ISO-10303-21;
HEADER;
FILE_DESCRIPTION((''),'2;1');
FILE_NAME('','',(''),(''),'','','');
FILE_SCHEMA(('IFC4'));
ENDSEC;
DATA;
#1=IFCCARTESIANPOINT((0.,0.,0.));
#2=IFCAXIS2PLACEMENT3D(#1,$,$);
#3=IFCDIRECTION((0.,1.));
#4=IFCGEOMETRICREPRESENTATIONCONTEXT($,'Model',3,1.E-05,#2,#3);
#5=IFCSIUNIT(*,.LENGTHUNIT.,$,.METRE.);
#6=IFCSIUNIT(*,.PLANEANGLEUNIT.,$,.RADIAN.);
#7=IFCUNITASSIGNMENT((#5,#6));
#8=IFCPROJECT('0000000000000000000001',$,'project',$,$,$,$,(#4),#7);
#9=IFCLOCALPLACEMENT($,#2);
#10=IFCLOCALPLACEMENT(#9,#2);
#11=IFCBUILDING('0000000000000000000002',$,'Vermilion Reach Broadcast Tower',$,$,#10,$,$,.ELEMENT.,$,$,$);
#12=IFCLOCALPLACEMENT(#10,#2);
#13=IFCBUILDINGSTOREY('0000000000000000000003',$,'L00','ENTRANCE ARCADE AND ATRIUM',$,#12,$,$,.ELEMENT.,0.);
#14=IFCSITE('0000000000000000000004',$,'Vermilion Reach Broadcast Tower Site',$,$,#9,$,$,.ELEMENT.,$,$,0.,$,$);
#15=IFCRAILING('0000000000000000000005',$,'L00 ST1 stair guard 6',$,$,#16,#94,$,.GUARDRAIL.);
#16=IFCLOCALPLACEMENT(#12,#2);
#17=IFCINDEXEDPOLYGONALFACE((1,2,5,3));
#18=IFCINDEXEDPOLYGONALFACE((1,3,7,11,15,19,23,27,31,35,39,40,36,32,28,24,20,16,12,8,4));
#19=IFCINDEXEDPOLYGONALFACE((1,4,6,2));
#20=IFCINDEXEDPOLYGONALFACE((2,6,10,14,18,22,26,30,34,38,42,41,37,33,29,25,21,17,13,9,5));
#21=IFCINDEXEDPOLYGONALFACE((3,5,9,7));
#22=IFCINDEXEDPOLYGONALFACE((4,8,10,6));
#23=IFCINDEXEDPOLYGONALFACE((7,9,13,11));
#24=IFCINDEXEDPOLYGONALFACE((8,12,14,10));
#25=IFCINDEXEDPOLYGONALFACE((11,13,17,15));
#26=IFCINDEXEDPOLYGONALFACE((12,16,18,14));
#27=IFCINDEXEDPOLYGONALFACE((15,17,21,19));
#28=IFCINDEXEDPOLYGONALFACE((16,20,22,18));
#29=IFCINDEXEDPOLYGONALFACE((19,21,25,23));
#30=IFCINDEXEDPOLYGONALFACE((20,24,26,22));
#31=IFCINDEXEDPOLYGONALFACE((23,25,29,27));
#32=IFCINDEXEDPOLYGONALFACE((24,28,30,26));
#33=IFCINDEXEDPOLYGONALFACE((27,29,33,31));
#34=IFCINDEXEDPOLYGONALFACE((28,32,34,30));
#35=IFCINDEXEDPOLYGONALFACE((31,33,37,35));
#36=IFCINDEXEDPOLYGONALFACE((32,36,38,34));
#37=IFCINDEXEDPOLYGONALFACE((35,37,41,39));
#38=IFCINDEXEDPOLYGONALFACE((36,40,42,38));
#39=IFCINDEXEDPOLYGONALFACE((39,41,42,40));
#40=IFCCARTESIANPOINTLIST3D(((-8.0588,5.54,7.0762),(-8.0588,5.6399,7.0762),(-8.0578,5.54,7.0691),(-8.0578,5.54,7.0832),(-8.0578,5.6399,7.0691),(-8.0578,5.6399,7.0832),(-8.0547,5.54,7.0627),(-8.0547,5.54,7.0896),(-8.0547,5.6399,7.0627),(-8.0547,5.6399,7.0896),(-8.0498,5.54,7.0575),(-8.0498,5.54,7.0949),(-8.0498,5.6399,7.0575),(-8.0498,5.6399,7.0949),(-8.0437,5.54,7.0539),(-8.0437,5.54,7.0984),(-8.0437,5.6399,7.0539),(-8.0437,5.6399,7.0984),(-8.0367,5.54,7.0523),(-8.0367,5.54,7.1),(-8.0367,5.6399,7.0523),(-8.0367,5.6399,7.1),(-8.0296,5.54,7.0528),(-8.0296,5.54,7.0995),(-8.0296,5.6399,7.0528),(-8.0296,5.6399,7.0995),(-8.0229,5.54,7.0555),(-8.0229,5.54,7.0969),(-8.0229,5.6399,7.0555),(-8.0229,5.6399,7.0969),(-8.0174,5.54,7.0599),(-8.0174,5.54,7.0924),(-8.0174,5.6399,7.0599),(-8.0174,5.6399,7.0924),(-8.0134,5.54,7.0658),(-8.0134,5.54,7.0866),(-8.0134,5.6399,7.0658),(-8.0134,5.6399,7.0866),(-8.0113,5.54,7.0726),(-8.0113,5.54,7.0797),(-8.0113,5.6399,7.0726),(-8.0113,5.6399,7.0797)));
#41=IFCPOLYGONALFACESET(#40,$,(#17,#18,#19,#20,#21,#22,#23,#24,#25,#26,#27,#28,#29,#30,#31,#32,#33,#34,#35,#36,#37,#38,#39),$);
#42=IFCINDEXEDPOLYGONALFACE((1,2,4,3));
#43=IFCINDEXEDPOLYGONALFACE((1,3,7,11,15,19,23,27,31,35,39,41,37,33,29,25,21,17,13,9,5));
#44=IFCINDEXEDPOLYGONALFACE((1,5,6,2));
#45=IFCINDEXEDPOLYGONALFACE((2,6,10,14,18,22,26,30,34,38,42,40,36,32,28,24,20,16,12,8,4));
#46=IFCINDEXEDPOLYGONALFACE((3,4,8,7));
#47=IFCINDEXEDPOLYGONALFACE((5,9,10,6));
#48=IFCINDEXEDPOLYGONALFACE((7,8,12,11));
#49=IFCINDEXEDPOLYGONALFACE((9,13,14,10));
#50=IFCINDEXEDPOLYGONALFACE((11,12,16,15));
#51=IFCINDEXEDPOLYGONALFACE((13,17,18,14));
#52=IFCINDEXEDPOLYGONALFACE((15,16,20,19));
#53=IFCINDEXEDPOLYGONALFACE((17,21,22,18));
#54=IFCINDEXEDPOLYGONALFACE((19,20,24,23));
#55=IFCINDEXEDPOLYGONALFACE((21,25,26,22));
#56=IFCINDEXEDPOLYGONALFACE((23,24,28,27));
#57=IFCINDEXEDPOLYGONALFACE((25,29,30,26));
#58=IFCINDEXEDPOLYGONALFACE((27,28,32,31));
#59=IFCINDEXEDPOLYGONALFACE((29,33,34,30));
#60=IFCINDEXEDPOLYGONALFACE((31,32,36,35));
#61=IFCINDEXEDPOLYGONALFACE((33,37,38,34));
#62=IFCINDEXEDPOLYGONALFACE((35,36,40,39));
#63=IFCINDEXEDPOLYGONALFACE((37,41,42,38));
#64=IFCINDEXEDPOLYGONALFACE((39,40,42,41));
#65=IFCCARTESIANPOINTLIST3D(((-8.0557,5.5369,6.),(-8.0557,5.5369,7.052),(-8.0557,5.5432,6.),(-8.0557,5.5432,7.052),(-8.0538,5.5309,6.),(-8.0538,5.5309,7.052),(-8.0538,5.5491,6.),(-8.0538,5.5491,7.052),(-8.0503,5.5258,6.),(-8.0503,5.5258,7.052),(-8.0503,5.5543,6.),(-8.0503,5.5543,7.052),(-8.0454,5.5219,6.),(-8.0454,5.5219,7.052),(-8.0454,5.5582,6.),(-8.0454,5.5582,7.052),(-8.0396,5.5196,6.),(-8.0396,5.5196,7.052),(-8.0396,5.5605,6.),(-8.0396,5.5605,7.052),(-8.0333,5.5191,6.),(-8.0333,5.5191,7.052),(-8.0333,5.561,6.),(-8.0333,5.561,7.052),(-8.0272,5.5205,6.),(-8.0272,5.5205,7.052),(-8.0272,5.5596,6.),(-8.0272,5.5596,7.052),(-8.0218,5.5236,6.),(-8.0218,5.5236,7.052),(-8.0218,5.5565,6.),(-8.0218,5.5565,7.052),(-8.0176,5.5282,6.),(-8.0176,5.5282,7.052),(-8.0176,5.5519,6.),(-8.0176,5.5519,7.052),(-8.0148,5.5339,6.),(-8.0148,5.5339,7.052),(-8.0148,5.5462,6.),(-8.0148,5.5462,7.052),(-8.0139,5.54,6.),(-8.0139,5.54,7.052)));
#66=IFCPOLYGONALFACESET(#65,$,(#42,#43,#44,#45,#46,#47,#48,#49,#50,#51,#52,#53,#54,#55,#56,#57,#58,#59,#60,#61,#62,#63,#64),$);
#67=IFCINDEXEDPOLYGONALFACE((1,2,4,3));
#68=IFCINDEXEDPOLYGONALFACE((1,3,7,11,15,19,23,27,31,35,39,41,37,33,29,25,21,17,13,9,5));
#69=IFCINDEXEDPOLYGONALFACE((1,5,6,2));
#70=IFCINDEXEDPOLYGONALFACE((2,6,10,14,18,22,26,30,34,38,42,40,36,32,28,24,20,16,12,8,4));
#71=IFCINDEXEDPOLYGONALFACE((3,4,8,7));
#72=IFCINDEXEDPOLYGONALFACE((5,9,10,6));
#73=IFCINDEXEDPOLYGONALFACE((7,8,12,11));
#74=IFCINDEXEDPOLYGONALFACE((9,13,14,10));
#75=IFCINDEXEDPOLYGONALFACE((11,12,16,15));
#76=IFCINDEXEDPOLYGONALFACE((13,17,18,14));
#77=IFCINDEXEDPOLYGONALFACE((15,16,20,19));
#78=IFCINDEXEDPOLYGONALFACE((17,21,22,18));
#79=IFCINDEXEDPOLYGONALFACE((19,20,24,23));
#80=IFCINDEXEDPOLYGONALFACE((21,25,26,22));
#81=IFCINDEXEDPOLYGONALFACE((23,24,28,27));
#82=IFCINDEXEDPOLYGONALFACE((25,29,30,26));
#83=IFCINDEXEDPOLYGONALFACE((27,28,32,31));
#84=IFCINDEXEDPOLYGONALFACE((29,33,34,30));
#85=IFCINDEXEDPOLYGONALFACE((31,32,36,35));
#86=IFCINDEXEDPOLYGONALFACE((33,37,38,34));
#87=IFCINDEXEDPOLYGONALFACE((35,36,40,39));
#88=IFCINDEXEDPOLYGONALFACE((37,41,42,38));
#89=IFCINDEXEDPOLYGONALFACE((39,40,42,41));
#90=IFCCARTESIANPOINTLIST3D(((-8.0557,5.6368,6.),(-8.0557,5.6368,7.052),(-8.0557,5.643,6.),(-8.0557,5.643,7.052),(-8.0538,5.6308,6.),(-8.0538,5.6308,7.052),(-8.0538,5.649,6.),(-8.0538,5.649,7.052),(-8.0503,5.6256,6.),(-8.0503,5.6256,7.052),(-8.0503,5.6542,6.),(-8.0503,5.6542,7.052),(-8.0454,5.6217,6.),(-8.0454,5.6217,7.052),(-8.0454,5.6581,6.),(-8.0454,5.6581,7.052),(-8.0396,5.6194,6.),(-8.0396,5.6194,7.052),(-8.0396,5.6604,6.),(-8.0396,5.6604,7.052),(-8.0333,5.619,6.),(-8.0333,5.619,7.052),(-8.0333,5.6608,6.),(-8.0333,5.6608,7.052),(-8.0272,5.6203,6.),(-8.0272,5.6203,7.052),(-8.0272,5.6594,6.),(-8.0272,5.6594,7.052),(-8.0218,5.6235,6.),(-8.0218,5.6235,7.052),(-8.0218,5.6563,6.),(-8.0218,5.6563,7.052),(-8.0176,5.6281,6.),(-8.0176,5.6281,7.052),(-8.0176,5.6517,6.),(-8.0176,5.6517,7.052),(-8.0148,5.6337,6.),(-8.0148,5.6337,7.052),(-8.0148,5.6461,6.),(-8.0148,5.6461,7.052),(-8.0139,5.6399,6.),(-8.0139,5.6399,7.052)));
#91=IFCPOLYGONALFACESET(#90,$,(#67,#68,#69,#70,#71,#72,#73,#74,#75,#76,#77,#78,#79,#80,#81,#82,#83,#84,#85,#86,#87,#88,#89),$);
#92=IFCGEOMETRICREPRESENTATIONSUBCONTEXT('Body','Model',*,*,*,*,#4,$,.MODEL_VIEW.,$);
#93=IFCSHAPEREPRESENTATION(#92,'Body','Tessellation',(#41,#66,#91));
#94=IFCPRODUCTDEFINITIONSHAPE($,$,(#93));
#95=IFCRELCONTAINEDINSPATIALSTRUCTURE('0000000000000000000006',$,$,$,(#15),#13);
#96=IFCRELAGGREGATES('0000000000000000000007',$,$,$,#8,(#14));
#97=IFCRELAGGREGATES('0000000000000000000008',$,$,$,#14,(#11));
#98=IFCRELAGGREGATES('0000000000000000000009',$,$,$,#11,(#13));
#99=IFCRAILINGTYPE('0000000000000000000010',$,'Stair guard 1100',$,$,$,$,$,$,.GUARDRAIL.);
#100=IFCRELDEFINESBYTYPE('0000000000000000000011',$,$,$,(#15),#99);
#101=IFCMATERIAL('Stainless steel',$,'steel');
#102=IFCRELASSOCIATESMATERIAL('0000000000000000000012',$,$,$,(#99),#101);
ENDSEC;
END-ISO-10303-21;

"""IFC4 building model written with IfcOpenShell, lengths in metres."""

from ifc_helpers import new_model, si_unit, direction, frame, origin, origin_2d, place, context, subcontext, project, spatial, circle, extrude, material, type_object, element, save


model = new_model("IFC4")

# Units and contexts
model_context = context("Model", 3, precision=1e-05, world=origin(), true_north=direction((0.0, 1.0)))
body_context = subcontext(model_context, "Body", "Model", "MODEL_VIEW")
ifc_project = project(units=[si_unit("LENGTHUNIT", "METRE"), si_unit("PLANEANGLEUNIT", "RADIAN")], contexts=[model_context])

# Site, building, storey
site_placement = place(None, origin())
site = spatial("IfcSite", under=ifc_project, at=site_placement, Name="Vermilion Reach Broadcast Tower Site", CompositionType="ELEMENT", RefElevation=0.0)
building_placement = place(site_placement, origin())
building = spatial("IfcBuilding", under=site, at=building_placement, Name="Vermilion Reach Broadcast Tower", CompositionType="ELEMENT")
storey_placement = place(building_placement, origin())
storey = spatial("IfcBuildingStorey", under=building, at=storey_placement, Name="L00", Description="ENTRANCE ARCADE AND ATRIUM", CompositionType="ELEMENT", Elevation=0.0)

# Railing
ifc_material_1 = material(Name="Stainless steel", Category="steel")
railing_type_1 = type_object("IfcRailingType", Name="Stair guard 1100", PredefinedType="GUARDRAIL", material=ifc_material_1)
railing_1_placement = place(storey_placement, frame((-8.0349, 5.54, 6.0)))
element("IfcRailing", 1, at=railing_1_placement, inside=storey, type_object=railing_type_1, Name="L00 ST1 stair guard 6", PredefinedType="GUARDRAIL", context=body_context, shape_type="SweptSolid", body=[
    extrude(circle(Radius=0.0239, at=origin_2d()), frame((0.0, 0.0, 1.0762), z_axis=(0.0, 1.0, 0.0), x_axis=(-1.0, 0.0, 0.0)), (0.0, 0.0, 1.0), 0.0999),
    extrude(circle(Radius=0.021, at=origin_2d()), origin(), (0.0, 0.0, 1.0), 1.052),
    extrude(circle(Radius=0.021, at=origin_2d()), frame((0.0, 0.0999, 0.0)), (0.0, 0.0, 1.0), 1.052),
])

save(model, "model.ifc")
